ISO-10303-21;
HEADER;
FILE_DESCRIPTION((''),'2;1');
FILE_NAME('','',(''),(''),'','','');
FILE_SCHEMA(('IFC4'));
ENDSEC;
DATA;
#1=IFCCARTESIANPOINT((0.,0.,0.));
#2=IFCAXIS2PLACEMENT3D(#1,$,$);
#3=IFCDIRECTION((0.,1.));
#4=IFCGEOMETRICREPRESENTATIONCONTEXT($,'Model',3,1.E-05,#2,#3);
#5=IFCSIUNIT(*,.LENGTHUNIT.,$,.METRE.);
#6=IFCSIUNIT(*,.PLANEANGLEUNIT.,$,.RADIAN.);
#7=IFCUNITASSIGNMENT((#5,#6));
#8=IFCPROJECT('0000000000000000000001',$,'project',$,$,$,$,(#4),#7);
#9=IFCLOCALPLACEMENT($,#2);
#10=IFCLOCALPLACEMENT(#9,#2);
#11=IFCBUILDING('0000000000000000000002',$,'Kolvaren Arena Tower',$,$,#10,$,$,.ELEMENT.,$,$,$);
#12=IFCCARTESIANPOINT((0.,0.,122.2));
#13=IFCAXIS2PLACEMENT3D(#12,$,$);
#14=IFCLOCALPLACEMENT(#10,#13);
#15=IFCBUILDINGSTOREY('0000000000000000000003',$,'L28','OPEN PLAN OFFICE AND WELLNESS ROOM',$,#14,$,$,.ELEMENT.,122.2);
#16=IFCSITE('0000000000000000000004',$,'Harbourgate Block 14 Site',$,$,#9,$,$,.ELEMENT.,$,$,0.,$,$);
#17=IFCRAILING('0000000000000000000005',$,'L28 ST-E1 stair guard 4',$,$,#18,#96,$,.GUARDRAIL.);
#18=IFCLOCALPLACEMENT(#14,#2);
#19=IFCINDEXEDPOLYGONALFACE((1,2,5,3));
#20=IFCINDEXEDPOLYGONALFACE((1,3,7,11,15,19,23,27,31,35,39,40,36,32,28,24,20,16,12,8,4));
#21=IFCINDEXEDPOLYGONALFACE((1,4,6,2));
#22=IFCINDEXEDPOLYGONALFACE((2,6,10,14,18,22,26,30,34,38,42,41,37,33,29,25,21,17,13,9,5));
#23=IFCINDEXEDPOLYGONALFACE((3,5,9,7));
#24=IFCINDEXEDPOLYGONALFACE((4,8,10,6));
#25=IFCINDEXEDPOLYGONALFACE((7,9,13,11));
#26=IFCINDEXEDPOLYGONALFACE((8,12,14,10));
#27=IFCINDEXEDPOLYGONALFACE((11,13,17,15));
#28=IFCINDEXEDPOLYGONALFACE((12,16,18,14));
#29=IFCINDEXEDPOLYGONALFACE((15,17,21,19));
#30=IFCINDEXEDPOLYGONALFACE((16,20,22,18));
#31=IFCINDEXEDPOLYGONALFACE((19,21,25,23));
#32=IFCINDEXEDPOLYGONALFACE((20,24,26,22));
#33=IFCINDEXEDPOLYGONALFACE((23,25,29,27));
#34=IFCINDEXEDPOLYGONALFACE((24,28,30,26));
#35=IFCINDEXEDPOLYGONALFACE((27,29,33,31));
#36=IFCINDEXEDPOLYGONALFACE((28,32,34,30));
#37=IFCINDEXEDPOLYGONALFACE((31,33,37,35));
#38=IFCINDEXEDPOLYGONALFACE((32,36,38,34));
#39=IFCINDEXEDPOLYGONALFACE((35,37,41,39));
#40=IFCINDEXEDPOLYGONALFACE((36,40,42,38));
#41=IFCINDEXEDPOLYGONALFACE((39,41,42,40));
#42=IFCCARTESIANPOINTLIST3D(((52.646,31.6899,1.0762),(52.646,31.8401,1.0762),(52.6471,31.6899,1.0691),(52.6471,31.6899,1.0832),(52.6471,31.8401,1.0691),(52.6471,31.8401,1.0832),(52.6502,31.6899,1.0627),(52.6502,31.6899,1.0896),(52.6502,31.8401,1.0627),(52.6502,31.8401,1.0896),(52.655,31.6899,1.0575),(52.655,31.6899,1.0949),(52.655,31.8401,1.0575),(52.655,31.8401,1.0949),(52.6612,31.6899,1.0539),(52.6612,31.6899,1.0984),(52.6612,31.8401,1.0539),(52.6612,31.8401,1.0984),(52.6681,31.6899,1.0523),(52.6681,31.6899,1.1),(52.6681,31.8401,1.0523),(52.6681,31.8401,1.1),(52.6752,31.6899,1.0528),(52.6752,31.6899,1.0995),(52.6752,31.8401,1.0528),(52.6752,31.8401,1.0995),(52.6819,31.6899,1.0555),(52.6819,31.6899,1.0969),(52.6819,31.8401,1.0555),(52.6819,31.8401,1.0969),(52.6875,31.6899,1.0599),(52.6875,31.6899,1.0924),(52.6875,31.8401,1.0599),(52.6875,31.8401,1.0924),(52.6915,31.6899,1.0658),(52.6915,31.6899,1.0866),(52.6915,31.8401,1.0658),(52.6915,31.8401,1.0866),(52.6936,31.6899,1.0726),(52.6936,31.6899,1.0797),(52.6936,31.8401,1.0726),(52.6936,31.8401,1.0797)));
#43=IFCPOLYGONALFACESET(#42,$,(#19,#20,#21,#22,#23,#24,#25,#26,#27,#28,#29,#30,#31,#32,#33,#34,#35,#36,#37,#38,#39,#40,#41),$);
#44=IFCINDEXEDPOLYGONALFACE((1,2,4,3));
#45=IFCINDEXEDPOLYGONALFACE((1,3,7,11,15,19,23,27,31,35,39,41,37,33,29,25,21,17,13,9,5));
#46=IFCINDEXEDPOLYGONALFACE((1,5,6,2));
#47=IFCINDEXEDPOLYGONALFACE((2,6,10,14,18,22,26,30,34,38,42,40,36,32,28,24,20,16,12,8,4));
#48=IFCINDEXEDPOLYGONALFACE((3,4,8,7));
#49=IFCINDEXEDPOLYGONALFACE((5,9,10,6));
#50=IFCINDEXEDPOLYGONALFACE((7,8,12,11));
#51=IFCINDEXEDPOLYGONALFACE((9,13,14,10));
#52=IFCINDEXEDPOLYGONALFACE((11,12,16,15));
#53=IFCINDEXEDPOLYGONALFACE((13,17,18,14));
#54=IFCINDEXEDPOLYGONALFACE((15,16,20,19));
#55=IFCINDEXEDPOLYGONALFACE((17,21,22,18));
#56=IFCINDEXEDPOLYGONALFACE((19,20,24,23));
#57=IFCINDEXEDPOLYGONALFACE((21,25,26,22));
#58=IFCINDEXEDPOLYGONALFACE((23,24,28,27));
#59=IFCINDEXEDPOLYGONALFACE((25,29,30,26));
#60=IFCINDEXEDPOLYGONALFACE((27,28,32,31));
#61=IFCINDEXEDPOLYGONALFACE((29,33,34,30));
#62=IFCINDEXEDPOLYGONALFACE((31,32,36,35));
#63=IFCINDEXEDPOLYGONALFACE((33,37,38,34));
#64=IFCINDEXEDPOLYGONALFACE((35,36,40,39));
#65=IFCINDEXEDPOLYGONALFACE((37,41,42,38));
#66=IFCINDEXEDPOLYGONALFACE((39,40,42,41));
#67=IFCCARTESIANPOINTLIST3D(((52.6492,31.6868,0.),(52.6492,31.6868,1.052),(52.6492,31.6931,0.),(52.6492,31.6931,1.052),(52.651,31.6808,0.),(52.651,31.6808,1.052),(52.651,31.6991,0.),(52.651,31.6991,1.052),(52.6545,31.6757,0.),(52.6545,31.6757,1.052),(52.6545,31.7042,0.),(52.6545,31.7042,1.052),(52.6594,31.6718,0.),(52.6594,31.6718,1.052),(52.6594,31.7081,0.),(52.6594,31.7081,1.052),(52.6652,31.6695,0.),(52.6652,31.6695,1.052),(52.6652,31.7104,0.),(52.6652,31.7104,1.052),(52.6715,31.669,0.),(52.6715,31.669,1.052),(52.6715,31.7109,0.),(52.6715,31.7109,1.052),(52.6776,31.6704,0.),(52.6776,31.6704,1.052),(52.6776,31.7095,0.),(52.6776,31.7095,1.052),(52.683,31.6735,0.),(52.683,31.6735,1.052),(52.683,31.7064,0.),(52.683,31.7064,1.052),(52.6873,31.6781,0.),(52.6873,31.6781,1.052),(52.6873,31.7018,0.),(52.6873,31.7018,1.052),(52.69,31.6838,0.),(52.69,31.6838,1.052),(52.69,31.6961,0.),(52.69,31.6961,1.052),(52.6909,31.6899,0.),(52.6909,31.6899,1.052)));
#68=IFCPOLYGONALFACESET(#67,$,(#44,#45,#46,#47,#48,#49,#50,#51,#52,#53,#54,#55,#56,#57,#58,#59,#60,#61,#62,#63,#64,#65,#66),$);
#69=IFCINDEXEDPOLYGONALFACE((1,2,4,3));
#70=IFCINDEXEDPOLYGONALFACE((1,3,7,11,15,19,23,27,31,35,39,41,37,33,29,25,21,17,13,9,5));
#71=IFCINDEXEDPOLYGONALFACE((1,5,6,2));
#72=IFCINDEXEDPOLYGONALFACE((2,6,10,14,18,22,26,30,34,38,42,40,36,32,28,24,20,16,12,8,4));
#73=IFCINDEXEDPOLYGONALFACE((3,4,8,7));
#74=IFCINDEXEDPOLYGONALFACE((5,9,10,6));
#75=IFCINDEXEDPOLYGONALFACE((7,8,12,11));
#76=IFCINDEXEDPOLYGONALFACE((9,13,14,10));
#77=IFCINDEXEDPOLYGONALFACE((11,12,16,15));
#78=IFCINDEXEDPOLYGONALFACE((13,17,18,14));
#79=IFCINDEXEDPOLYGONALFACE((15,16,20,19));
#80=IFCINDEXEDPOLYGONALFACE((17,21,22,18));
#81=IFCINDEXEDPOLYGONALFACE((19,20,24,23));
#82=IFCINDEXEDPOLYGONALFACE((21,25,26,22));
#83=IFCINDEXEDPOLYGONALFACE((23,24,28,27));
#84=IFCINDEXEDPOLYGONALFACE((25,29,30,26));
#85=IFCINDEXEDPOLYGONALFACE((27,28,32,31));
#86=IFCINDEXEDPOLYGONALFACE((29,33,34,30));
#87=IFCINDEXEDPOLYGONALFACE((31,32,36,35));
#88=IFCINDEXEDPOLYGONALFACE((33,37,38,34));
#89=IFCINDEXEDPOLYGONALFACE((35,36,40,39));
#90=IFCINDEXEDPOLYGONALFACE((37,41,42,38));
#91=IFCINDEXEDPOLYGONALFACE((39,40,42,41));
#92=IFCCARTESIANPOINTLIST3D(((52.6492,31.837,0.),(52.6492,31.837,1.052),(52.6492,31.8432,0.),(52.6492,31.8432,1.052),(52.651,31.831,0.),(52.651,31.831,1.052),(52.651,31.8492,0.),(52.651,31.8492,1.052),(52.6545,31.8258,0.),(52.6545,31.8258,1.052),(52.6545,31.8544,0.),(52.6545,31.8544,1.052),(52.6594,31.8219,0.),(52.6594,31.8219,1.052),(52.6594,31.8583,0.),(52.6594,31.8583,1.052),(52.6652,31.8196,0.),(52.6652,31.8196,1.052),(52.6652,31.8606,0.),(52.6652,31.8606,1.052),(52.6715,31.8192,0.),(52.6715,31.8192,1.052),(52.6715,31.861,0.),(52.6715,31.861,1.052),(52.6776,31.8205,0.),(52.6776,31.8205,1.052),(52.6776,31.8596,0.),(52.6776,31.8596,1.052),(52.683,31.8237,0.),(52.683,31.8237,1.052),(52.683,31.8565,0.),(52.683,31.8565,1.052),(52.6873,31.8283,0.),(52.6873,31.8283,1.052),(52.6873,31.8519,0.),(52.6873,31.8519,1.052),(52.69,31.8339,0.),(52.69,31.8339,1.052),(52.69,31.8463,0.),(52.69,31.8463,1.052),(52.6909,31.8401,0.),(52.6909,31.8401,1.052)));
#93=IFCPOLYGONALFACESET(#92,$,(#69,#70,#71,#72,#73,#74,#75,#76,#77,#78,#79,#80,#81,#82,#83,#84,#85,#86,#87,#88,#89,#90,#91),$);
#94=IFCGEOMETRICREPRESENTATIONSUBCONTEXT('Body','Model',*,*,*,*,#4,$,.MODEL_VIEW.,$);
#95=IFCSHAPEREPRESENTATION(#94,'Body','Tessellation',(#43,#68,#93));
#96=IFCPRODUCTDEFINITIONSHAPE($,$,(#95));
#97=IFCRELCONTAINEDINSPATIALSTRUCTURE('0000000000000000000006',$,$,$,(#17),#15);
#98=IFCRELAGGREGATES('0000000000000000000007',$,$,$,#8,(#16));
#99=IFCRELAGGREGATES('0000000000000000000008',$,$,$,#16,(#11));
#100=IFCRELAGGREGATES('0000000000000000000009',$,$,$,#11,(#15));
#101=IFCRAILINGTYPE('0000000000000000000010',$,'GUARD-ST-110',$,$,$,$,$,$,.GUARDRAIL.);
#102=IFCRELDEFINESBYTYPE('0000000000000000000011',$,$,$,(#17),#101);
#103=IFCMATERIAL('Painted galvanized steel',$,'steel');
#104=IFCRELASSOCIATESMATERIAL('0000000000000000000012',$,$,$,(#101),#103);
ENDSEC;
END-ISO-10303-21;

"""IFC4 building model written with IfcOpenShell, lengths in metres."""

from ifc_helpers import new_model, si_unit, direction, frame, origin, origin_2d, place, context, subcontext, project, spatial, circle, extrude, material, type_object, element, save


model = new_model("IFC4")

# Units and contexts
model_context = context("Model", 3, precision=1e-05, world=origin(), true_north=direction((0.0, 1.0)))
body_context = subcontext(model_context, "Body", "Model", "MODEL_VIEW")
ifc_project = project(units=[si_unit("LENGTHUNIT", "METRE"), si_unit("PLANEANGLEUNIT", "RADIAN")], contexts=[model_context])

# Site, building, storey
site_placement = place(None, origin())
site = spatial("IfcSite", under=ifc_project, at=site_placement, Name="Harbourgate Block 14 Site", CompositionType="ELEMENT", RefElevation=0.0)
building_placement = place(site_placement, origin())
building = spatial("IfcBuilding", under=site, at=building_placement, Name="Kolvaren Arena Tower", CompositionType="ELEMENT")
storey_placement = place(building_placement, frame((0.0, 0.0, 122.2)))
storey = spatial("IfcBuildingStorey", under=building, at=storey_placement, Name="L28", Description="OPEN PLAN OFFICE AND WELLNESS ROOM", CompositionType="ELEMENT", Elevation=122.2)

# Railing
ifc_material_1 = material(Name="Painted galvanized steel", Category="steel")
railing_type_1 = type_object("IfcRailingType", Name="GUARD-ST-110", PredefinedType="GUARDRAIL", material=ifc_material_1)
railing_1_placement = place(storey_placement, frame((52.6699, 31.6899, 0.0)))
element("IfcRailing", 1, at=railing_1_placement, inside=storey, type_object=railing_type_1, Name="L28 ST-E1 stair guard 4", PredefinedType="GUARDRAIL", context=body_context, shape_type="SweptSolid", body=[
    extrude(circle(Radius=0.0239, at=origin_2d()), frame((0.0, 0.0, 1.0762), z_axis=(0.0, 1.0, 0.0), x_axis=(-1.0, 0.0, 0.0)), (0.0, 0.0, 1.0), 0.1501),
    extrude(circle(Radius=0.021, at=origin_2d()), origin(), (0.0, 0.0, 1.0), 1.052),
    extrude(circle(Radius=0.021, at=origin_2d()), frame((0.0, 0.1501, 0.0)), (0.0, 0.0, 1.0), 1.052),
])

save(model, "model.ifc")
